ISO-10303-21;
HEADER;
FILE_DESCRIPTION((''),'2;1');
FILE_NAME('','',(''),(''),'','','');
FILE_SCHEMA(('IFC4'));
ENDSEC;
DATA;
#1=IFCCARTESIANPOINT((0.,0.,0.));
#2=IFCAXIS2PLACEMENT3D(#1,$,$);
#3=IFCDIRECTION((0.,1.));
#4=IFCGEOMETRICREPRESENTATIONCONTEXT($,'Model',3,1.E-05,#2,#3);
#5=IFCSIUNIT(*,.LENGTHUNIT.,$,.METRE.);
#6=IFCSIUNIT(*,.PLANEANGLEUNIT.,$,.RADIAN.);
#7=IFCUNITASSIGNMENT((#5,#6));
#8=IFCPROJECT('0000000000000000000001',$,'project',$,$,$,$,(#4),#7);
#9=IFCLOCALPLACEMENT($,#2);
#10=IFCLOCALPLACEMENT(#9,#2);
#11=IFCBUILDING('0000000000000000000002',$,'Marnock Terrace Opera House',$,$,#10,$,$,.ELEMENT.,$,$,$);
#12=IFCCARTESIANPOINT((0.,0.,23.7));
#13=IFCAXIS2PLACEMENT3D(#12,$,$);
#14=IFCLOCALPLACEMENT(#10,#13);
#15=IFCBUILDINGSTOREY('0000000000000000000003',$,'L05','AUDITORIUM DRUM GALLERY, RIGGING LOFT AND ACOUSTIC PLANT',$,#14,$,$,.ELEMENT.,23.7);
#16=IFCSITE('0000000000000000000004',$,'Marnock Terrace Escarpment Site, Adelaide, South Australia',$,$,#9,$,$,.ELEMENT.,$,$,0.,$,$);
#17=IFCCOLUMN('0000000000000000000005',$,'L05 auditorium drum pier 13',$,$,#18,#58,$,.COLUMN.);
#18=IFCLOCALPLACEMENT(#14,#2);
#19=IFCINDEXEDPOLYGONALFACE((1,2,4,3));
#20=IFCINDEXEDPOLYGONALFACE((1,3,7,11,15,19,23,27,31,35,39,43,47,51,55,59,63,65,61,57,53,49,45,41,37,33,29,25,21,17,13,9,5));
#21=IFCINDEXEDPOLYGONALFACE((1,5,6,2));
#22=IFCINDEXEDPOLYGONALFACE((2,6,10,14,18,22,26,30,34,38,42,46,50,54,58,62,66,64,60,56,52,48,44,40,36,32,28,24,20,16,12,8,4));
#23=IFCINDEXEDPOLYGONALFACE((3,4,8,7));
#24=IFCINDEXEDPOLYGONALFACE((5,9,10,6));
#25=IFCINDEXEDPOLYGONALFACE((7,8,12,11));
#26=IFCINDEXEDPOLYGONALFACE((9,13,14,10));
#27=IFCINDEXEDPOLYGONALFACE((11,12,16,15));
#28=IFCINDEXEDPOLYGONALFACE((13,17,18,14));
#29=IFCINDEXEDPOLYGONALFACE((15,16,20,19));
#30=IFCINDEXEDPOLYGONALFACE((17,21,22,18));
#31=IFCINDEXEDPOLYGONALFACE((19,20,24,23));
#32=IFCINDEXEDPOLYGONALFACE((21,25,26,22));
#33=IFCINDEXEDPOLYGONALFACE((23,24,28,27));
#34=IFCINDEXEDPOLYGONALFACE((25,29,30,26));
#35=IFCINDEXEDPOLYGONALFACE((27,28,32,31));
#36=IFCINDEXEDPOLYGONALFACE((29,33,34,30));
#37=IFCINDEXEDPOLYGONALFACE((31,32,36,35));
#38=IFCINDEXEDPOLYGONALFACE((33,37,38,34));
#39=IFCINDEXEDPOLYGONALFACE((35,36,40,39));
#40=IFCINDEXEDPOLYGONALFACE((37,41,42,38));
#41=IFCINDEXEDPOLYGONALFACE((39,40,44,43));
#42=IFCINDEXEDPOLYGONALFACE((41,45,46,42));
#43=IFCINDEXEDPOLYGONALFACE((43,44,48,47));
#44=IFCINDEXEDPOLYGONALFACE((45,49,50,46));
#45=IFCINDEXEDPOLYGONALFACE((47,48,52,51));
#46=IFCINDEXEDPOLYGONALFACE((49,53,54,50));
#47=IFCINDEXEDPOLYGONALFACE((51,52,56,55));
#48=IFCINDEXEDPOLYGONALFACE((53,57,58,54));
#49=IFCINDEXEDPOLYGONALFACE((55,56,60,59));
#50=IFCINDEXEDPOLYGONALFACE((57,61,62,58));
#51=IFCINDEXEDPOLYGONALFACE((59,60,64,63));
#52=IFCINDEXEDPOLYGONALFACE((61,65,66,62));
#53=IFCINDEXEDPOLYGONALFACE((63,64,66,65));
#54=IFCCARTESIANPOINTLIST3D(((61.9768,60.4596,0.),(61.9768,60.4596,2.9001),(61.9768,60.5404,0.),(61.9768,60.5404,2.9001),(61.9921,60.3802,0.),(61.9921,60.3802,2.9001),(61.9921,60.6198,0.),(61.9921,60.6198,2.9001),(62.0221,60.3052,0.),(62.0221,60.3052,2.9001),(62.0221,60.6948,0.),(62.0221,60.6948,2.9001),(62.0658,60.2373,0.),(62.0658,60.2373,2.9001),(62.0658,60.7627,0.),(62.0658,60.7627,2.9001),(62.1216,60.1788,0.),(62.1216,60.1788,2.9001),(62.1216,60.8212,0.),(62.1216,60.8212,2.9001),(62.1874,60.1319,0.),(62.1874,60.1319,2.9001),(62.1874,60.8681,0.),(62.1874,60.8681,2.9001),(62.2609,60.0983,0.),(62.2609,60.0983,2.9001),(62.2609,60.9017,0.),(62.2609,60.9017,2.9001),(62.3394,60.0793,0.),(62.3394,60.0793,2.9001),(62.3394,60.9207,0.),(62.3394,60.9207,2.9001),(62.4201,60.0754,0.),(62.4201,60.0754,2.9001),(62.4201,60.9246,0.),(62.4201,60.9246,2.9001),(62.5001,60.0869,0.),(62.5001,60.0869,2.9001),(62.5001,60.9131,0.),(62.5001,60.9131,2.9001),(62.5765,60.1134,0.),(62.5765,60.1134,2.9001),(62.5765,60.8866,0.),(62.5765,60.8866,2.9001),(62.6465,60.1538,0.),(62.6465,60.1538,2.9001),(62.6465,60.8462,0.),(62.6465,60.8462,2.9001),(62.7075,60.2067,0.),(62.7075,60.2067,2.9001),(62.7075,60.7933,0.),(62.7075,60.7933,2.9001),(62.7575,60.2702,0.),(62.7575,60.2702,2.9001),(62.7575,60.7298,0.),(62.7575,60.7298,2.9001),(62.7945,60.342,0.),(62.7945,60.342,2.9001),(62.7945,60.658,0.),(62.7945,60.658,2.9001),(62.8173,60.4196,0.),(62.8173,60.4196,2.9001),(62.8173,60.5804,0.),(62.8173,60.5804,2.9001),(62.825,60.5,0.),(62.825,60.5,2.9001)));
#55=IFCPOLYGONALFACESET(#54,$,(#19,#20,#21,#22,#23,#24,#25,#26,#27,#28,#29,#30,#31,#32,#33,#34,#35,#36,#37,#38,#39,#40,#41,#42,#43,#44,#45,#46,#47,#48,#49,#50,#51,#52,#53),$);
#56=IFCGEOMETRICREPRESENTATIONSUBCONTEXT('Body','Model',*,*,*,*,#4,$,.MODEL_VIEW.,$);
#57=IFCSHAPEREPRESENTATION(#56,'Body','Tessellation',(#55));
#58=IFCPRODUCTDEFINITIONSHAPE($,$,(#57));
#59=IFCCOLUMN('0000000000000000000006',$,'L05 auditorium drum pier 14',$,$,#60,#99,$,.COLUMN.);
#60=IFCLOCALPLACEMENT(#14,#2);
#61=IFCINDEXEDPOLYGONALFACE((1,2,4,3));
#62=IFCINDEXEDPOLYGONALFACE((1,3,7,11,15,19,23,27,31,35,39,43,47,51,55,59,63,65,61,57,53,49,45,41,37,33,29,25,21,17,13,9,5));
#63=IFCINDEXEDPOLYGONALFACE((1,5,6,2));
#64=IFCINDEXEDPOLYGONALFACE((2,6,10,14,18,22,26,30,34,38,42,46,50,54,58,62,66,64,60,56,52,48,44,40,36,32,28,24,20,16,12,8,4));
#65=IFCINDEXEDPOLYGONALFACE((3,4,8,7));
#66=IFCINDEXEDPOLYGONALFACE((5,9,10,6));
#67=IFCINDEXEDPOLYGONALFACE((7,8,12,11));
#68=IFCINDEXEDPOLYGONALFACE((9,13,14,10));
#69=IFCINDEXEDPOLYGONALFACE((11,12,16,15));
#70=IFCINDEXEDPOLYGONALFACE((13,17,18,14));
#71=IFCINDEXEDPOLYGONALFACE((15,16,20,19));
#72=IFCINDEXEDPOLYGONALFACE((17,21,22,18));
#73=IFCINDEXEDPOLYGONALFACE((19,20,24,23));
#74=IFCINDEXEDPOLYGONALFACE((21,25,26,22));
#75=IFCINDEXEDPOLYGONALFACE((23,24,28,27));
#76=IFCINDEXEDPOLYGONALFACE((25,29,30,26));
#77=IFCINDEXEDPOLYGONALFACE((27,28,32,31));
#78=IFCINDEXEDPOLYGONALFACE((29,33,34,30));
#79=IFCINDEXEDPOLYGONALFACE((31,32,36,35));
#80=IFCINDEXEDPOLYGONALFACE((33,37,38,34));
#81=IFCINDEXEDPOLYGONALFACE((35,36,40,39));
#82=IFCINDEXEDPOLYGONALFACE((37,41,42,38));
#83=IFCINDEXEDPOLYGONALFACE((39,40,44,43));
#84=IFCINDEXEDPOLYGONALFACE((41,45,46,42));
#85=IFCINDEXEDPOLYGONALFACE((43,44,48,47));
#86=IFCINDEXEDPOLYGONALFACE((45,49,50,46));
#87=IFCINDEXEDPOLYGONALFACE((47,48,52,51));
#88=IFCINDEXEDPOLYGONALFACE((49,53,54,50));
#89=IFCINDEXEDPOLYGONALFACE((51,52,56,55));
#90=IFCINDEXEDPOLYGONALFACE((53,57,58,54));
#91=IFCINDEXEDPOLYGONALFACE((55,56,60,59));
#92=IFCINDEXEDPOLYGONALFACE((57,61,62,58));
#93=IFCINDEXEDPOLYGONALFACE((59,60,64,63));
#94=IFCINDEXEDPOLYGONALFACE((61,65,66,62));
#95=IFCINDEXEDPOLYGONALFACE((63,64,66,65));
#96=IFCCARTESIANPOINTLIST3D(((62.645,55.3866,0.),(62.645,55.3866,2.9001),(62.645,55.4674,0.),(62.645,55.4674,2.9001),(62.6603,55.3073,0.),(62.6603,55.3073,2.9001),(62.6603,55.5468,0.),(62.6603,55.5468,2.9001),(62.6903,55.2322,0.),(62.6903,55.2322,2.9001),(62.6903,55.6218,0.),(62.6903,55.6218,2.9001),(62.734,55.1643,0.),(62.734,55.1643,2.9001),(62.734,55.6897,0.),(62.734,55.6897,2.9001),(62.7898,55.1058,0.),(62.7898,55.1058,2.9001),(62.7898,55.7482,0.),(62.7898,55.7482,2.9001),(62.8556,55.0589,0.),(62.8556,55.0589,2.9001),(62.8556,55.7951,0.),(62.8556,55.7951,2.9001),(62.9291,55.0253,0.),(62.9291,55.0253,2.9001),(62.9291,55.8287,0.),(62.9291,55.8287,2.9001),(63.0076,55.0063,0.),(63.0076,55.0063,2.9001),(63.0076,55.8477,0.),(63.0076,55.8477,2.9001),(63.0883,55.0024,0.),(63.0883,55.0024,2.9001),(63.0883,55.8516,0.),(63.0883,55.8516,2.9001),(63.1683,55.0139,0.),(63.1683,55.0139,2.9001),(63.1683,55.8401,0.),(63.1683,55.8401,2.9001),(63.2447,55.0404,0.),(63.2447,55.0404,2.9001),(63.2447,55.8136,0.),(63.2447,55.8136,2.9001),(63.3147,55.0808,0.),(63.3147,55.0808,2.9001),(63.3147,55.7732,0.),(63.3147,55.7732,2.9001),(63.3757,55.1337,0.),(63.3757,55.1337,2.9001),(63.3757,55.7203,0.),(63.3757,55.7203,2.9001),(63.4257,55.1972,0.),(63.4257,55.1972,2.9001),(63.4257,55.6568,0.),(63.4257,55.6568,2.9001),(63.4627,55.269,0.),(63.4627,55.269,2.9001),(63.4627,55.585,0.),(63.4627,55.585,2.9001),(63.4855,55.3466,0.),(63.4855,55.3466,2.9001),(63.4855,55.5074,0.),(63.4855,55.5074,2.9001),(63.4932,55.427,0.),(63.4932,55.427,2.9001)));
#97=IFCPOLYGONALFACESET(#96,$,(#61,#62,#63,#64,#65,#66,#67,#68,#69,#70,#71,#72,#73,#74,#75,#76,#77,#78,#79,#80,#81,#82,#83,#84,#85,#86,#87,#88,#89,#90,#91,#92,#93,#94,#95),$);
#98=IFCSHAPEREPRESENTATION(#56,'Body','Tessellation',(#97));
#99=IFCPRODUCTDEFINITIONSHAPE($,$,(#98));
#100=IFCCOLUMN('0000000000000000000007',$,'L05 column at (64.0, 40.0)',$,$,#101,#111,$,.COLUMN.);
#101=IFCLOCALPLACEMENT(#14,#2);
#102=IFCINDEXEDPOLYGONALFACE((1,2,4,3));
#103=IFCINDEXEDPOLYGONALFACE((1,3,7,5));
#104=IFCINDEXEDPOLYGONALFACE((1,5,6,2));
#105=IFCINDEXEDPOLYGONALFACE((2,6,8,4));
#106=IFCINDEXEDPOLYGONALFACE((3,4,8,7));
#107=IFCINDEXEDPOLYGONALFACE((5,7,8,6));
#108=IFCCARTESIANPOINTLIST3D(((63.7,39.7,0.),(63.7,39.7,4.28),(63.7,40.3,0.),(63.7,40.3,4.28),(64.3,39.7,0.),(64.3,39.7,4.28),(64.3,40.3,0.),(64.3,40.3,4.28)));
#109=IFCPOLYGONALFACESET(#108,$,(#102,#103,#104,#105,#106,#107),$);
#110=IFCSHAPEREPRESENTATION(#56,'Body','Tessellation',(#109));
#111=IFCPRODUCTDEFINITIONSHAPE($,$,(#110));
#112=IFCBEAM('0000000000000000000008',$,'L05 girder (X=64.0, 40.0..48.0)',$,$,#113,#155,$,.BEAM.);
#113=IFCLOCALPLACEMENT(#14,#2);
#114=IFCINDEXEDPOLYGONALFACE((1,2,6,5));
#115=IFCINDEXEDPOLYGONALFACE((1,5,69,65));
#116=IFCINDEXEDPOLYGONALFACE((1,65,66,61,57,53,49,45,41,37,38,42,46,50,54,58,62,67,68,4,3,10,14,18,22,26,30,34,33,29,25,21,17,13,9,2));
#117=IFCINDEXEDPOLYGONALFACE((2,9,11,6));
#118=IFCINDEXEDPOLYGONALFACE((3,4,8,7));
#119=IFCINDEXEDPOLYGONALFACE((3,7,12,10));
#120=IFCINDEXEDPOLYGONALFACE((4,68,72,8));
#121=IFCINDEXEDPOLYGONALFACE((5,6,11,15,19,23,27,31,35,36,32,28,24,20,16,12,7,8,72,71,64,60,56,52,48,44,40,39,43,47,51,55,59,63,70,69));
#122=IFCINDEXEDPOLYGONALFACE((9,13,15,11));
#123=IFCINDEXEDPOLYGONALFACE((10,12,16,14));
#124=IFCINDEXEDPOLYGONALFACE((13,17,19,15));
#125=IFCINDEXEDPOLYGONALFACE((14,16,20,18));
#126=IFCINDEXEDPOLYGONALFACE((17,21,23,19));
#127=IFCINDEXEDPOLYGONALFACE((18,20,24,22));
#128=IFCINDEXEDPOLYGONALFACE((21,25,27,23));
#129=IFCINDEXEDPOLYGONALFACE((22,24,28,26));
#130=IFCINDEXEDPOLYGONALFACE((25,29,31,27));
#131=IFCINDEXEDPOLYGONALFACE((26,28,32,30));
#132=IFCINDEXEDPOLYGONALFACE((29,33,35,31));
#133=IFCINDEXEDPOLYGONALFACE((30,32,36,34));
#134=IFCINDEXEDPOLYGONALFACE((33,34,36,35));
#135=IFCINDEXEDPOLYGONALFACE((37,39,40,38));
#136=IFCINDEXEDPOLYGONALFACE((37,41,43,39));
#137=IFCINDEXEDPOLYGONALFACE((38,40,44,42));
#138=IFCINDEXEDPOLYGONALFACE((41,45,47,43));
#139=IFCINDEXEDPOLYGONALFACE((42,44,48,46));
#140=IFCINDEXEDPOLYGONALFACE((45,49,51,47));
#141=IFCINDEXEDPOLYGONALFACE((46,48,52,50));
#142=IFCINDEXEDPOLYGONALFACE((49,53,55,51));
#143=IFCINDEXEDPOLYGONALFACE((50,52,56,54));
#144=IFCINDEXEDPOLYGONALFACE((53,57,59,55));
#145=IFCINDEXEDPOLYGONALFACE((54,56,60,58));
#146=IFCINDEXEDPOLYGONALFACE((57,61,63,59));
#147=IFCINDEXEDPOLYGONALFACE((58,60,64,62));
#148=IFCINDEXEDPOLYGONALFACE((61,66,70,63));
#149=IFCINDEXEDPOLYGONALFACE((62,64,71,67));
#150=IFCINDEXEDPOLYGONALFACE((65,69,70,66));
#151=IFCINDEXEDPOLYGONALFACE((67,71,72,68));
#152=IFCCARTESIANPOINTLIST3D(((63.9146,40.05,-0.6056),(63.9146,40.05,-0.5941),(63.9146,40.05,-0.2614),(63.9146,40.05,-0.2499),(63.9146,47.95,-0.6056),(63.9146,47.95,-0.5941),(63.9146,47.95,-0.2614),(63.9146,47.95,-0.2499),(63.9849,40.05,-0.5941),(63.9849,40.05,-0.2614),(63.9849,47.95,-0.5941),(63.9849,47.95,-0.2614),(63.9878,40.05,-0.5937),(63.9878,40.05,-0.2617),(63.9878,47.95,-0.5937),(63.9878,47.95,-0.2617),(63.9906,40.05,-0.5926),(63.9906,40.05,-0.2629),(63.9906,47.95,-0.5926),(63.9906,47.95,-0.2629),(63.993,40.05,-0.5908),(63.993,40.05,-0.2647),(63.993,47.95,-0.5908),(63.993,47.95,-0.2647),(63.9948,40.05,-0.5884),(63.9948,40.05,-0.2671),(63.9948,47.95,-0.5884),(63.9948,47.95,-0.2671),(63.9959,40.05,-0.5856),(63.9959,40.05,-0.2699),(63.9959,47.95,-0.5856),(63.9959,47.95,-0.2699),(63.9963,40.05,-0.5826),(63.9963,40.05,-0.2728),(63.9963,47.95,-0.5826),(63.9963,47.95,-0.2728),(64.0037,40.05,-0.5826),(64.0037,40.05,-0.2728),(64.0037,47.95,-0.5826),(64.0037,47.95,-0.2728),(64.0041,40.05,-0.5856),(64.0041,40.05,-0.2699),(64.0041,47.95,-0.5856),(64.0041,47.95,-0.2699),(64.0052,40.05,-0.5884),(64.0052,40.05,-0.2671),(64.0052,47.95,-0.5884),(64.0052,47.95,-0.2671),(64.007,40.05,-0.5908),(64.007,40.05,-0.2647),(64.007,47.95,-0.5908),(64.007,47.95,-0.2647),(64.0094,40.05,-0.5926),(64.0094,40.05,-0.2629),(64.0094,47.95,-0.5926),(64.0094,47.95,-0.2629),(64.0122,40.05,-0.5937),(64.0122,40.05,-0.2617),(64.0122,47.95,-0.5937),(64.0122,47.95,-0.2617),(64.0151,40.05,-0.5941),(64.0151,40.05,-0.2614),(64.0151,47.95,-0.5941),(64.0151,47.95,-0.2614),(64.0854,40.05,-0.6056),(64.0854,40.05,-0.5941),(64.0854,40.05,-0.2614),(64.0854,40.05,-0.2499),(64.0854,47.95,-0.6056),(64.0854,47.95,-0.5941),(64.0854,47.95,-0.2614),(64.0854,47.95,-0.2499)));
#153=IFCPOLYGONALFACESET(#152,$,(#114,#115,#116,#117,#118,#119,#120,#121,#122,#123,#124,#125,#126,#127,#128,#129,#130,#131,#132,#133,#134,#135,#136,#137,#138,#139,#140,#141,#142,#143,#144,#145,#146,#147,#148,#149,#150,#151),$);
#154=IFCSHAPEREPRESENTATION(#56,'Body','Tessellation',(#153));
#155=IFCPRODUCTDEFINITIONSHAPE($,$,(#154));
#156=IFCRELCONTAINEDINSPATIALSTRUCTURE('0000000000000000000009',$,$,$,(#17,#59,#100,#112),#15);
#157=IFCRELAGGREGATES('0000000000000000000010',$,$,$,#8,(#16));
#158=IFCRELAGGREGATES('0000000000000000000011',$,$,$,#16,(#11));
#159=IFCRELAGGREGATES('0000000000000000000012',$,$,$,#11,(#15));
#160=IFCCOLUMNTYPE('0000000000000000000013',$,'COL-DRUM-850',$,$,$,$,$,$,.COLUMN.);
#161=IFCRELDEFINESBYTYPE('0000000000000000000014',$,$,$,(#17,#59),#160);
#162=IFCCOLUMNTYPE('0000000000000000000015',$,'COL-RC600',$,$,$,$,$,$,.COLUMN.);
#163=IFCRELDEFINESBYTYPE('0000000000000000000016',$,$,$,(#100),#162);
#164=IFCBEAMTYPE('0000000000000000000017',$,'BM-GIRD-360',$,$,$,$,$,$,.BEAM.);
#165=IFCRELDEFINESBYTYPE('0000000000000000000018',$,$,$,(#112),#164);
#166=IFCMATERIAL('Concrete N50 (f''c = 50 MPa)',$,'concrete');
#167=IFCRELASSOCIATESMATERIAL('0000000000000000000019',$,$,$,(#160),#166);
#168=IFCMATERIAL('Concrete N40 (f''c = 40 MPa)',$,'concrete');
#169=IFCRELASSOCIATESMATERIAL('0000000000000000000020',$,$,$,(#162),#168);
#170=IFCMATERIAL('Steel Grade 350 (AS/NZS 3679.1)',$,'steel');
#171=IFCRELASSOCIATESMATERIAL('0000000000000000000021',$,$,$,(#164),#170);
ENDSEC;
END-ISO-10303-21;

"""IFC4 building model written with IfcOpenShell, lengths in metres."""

from ifc_helpers import new_model, si_unit, direction, frame, origin, origin_2d, place, context, subcontext, project, spatial, rectangle, circle, i_section, extrude, material, material_profile, profile_set, type_object, element, save


model = new_model("IFC4")

# Units and contexts
model_context = context("Model", 3, precision=1e-05, world=origin(), true_north=direction((0.0, 1.0)))
body_context = subcontext(model_context, "Body", "Model", "MODEL_VIEW")
ifc_project = project(units=[si_unit("LENGTHUNIT", "METRE"), si_unit("PLANEANGLEUNIT", "RADIAN")], contexts=[model_context])

# Site, building, storey
site_placement = place(None, origin())
site = spatial("IfcSite", under=ifc_project, at=site_placement, Name="Marnock Terrace Escarpment Site, Adelaide, South Australia", CompositionType="ELEMENT", RefElevation=0.0)
building_placement = place(site_placement, origin())
building = spatial("IfcBuilding", under=site, at=building_placement, Name="Marnock Terrace Opera House", CompositionType="ELEMENT")
storey_placement = place(building_placement, frame((0.0, 0.0, 23.7)))
storey = spatial("IfcBuildingStorey", under=building, at=storey_placement, Name="L05", Description="AUDITORIUM DRUM GALLERY, RIGGING LOFT AND ACOUSTIC PLANT", CompositionType="ELEMENT", Elevation=23.7)

# Columns
ifc_material_1 = material(Name="Concrete N50 (f'c = 50 MPa)", Category="concrete")
ifc_material_profile_1 = material_profile(ifc_material_1, circle(Radius=0.425, at=origin_2d()))
ifc_profile_set_1 = profile_set([ifc_material_profile_1], Name="Concrete N50 (f'c = 50 MPa)")
column_type_1 = type_object("IfcColumnType", Name="COL-DRUM-850", PredefinedType="COLUMN", material=ifc_profile_set_1)
for number, where, z_axis, x_axis, name in (
    (1, (62.3999, 60.5, 0.0), (0.0, 0.0, 1.0), (1.0, 0.0, 0.0), "L05 auditorium drum pier 13"),
    (2, (63.0681, 55.427, 0.0), (0.0, 0.0, 1.0), (1.0, 0.0, 0.0), "L05 auditorium drum pier 14"),
):
    element("IfcColumn", number, at=place(storey_placement, frame(where, z_axis=z_axis, x_axis=x_axis)), inside=storey, type_object=column_type_1, Name=name, PredefinedType="COLUMN", context=body_context, shape_type="SweptSolid", body=[
        extrude(circle(Radius=0.425, at=origin_2d()), origin(), (0.0, 0.0, 1.0), 2.9001),
    ])
ifc_material_2 = material(Name="Concrete N40 (f'c = 40 MPa)", Category="concrete")
ifc_material_profile_2 = material_profile(ifc_material_2, rectangle(XDim=0.6001, YDim=0.6001, at=origin_2d()))
ifc_profile_set_2 = profile_set([ifc_material_profile_2], Name="Concrete N40 (f'c = 40 MPa)")
column_type_2 = type_object("IfcColumnType", Name="COL-RC600", PredefinedType="COLUMN", material=ifc_profile_set_2)
column_placement = place(storey_placement, frame((64.0, 40.0, 0.0), z_axis=(0.0, 0.0, 1.0), x_axis=(1.0, 0.0, 0.0)))
element("IfcColumn", 3, at=column_placement, inside=storey, type_object=column_type_2, Name="L05 column at (64.0, 40.0)", PredefinedType="COLUMN", context=body_context, shape_type="SweptSolid", body=[
    extrude(rectangle(XDim=0.6001, YDim=0.6001, at=origin_2d()), origin(), (0.0, 0.0, 1.0), 4.28),
])

# Beam
ifc_material_3 = material(Name="Steel Grade 350 (AS/NZS 3679.1)", Category="steel")
ifc_material_profile_3 = material_profile(ifc_material_3, i_section(OverallWidth=0.1709, OverallDepth=0.3557, WebThickness=0.0073, FlangeThickness=0.0115, FilletRadius=0.0115, at=origin_2d()))
ifc_profile_set_3 = profile_set([ifc_material_profile_3], Name="Steel Grade 350 (AS/NZS 3679.1)")
beam_type_1 = type_object("IfcBeamType", Name="BM-GIRD-360", PredefinedType="BEAM", material=ifc_profile_set_3)
beam_1_placement = place(storey_placement, frame((64.0, 40.05, -0.4277), z_axis=(0.0, 1.0, 0.0), x_axis=(-1.0, 0.0, 0.0)))
element("IfcBeam", 4, at=beam_1_placement, inside=storey, type_object=beam_type_1, Name="L05 girder (X=64.0, 40.0..48.0)", PredefinedType="BEAM", context=body_context, shape_type="SweptSolid", body=[
    extrude(i_section(OverallWidth=0.1709, OverallDepth=0.3557, WebThickness=0.0073, FlangeThickness=0.0115, FilletRadius=0.0115, at=origin_2d()), origin(), (0.0, 0.0, 1.0), 7.8999),
])

save(model, "model.ifc")
